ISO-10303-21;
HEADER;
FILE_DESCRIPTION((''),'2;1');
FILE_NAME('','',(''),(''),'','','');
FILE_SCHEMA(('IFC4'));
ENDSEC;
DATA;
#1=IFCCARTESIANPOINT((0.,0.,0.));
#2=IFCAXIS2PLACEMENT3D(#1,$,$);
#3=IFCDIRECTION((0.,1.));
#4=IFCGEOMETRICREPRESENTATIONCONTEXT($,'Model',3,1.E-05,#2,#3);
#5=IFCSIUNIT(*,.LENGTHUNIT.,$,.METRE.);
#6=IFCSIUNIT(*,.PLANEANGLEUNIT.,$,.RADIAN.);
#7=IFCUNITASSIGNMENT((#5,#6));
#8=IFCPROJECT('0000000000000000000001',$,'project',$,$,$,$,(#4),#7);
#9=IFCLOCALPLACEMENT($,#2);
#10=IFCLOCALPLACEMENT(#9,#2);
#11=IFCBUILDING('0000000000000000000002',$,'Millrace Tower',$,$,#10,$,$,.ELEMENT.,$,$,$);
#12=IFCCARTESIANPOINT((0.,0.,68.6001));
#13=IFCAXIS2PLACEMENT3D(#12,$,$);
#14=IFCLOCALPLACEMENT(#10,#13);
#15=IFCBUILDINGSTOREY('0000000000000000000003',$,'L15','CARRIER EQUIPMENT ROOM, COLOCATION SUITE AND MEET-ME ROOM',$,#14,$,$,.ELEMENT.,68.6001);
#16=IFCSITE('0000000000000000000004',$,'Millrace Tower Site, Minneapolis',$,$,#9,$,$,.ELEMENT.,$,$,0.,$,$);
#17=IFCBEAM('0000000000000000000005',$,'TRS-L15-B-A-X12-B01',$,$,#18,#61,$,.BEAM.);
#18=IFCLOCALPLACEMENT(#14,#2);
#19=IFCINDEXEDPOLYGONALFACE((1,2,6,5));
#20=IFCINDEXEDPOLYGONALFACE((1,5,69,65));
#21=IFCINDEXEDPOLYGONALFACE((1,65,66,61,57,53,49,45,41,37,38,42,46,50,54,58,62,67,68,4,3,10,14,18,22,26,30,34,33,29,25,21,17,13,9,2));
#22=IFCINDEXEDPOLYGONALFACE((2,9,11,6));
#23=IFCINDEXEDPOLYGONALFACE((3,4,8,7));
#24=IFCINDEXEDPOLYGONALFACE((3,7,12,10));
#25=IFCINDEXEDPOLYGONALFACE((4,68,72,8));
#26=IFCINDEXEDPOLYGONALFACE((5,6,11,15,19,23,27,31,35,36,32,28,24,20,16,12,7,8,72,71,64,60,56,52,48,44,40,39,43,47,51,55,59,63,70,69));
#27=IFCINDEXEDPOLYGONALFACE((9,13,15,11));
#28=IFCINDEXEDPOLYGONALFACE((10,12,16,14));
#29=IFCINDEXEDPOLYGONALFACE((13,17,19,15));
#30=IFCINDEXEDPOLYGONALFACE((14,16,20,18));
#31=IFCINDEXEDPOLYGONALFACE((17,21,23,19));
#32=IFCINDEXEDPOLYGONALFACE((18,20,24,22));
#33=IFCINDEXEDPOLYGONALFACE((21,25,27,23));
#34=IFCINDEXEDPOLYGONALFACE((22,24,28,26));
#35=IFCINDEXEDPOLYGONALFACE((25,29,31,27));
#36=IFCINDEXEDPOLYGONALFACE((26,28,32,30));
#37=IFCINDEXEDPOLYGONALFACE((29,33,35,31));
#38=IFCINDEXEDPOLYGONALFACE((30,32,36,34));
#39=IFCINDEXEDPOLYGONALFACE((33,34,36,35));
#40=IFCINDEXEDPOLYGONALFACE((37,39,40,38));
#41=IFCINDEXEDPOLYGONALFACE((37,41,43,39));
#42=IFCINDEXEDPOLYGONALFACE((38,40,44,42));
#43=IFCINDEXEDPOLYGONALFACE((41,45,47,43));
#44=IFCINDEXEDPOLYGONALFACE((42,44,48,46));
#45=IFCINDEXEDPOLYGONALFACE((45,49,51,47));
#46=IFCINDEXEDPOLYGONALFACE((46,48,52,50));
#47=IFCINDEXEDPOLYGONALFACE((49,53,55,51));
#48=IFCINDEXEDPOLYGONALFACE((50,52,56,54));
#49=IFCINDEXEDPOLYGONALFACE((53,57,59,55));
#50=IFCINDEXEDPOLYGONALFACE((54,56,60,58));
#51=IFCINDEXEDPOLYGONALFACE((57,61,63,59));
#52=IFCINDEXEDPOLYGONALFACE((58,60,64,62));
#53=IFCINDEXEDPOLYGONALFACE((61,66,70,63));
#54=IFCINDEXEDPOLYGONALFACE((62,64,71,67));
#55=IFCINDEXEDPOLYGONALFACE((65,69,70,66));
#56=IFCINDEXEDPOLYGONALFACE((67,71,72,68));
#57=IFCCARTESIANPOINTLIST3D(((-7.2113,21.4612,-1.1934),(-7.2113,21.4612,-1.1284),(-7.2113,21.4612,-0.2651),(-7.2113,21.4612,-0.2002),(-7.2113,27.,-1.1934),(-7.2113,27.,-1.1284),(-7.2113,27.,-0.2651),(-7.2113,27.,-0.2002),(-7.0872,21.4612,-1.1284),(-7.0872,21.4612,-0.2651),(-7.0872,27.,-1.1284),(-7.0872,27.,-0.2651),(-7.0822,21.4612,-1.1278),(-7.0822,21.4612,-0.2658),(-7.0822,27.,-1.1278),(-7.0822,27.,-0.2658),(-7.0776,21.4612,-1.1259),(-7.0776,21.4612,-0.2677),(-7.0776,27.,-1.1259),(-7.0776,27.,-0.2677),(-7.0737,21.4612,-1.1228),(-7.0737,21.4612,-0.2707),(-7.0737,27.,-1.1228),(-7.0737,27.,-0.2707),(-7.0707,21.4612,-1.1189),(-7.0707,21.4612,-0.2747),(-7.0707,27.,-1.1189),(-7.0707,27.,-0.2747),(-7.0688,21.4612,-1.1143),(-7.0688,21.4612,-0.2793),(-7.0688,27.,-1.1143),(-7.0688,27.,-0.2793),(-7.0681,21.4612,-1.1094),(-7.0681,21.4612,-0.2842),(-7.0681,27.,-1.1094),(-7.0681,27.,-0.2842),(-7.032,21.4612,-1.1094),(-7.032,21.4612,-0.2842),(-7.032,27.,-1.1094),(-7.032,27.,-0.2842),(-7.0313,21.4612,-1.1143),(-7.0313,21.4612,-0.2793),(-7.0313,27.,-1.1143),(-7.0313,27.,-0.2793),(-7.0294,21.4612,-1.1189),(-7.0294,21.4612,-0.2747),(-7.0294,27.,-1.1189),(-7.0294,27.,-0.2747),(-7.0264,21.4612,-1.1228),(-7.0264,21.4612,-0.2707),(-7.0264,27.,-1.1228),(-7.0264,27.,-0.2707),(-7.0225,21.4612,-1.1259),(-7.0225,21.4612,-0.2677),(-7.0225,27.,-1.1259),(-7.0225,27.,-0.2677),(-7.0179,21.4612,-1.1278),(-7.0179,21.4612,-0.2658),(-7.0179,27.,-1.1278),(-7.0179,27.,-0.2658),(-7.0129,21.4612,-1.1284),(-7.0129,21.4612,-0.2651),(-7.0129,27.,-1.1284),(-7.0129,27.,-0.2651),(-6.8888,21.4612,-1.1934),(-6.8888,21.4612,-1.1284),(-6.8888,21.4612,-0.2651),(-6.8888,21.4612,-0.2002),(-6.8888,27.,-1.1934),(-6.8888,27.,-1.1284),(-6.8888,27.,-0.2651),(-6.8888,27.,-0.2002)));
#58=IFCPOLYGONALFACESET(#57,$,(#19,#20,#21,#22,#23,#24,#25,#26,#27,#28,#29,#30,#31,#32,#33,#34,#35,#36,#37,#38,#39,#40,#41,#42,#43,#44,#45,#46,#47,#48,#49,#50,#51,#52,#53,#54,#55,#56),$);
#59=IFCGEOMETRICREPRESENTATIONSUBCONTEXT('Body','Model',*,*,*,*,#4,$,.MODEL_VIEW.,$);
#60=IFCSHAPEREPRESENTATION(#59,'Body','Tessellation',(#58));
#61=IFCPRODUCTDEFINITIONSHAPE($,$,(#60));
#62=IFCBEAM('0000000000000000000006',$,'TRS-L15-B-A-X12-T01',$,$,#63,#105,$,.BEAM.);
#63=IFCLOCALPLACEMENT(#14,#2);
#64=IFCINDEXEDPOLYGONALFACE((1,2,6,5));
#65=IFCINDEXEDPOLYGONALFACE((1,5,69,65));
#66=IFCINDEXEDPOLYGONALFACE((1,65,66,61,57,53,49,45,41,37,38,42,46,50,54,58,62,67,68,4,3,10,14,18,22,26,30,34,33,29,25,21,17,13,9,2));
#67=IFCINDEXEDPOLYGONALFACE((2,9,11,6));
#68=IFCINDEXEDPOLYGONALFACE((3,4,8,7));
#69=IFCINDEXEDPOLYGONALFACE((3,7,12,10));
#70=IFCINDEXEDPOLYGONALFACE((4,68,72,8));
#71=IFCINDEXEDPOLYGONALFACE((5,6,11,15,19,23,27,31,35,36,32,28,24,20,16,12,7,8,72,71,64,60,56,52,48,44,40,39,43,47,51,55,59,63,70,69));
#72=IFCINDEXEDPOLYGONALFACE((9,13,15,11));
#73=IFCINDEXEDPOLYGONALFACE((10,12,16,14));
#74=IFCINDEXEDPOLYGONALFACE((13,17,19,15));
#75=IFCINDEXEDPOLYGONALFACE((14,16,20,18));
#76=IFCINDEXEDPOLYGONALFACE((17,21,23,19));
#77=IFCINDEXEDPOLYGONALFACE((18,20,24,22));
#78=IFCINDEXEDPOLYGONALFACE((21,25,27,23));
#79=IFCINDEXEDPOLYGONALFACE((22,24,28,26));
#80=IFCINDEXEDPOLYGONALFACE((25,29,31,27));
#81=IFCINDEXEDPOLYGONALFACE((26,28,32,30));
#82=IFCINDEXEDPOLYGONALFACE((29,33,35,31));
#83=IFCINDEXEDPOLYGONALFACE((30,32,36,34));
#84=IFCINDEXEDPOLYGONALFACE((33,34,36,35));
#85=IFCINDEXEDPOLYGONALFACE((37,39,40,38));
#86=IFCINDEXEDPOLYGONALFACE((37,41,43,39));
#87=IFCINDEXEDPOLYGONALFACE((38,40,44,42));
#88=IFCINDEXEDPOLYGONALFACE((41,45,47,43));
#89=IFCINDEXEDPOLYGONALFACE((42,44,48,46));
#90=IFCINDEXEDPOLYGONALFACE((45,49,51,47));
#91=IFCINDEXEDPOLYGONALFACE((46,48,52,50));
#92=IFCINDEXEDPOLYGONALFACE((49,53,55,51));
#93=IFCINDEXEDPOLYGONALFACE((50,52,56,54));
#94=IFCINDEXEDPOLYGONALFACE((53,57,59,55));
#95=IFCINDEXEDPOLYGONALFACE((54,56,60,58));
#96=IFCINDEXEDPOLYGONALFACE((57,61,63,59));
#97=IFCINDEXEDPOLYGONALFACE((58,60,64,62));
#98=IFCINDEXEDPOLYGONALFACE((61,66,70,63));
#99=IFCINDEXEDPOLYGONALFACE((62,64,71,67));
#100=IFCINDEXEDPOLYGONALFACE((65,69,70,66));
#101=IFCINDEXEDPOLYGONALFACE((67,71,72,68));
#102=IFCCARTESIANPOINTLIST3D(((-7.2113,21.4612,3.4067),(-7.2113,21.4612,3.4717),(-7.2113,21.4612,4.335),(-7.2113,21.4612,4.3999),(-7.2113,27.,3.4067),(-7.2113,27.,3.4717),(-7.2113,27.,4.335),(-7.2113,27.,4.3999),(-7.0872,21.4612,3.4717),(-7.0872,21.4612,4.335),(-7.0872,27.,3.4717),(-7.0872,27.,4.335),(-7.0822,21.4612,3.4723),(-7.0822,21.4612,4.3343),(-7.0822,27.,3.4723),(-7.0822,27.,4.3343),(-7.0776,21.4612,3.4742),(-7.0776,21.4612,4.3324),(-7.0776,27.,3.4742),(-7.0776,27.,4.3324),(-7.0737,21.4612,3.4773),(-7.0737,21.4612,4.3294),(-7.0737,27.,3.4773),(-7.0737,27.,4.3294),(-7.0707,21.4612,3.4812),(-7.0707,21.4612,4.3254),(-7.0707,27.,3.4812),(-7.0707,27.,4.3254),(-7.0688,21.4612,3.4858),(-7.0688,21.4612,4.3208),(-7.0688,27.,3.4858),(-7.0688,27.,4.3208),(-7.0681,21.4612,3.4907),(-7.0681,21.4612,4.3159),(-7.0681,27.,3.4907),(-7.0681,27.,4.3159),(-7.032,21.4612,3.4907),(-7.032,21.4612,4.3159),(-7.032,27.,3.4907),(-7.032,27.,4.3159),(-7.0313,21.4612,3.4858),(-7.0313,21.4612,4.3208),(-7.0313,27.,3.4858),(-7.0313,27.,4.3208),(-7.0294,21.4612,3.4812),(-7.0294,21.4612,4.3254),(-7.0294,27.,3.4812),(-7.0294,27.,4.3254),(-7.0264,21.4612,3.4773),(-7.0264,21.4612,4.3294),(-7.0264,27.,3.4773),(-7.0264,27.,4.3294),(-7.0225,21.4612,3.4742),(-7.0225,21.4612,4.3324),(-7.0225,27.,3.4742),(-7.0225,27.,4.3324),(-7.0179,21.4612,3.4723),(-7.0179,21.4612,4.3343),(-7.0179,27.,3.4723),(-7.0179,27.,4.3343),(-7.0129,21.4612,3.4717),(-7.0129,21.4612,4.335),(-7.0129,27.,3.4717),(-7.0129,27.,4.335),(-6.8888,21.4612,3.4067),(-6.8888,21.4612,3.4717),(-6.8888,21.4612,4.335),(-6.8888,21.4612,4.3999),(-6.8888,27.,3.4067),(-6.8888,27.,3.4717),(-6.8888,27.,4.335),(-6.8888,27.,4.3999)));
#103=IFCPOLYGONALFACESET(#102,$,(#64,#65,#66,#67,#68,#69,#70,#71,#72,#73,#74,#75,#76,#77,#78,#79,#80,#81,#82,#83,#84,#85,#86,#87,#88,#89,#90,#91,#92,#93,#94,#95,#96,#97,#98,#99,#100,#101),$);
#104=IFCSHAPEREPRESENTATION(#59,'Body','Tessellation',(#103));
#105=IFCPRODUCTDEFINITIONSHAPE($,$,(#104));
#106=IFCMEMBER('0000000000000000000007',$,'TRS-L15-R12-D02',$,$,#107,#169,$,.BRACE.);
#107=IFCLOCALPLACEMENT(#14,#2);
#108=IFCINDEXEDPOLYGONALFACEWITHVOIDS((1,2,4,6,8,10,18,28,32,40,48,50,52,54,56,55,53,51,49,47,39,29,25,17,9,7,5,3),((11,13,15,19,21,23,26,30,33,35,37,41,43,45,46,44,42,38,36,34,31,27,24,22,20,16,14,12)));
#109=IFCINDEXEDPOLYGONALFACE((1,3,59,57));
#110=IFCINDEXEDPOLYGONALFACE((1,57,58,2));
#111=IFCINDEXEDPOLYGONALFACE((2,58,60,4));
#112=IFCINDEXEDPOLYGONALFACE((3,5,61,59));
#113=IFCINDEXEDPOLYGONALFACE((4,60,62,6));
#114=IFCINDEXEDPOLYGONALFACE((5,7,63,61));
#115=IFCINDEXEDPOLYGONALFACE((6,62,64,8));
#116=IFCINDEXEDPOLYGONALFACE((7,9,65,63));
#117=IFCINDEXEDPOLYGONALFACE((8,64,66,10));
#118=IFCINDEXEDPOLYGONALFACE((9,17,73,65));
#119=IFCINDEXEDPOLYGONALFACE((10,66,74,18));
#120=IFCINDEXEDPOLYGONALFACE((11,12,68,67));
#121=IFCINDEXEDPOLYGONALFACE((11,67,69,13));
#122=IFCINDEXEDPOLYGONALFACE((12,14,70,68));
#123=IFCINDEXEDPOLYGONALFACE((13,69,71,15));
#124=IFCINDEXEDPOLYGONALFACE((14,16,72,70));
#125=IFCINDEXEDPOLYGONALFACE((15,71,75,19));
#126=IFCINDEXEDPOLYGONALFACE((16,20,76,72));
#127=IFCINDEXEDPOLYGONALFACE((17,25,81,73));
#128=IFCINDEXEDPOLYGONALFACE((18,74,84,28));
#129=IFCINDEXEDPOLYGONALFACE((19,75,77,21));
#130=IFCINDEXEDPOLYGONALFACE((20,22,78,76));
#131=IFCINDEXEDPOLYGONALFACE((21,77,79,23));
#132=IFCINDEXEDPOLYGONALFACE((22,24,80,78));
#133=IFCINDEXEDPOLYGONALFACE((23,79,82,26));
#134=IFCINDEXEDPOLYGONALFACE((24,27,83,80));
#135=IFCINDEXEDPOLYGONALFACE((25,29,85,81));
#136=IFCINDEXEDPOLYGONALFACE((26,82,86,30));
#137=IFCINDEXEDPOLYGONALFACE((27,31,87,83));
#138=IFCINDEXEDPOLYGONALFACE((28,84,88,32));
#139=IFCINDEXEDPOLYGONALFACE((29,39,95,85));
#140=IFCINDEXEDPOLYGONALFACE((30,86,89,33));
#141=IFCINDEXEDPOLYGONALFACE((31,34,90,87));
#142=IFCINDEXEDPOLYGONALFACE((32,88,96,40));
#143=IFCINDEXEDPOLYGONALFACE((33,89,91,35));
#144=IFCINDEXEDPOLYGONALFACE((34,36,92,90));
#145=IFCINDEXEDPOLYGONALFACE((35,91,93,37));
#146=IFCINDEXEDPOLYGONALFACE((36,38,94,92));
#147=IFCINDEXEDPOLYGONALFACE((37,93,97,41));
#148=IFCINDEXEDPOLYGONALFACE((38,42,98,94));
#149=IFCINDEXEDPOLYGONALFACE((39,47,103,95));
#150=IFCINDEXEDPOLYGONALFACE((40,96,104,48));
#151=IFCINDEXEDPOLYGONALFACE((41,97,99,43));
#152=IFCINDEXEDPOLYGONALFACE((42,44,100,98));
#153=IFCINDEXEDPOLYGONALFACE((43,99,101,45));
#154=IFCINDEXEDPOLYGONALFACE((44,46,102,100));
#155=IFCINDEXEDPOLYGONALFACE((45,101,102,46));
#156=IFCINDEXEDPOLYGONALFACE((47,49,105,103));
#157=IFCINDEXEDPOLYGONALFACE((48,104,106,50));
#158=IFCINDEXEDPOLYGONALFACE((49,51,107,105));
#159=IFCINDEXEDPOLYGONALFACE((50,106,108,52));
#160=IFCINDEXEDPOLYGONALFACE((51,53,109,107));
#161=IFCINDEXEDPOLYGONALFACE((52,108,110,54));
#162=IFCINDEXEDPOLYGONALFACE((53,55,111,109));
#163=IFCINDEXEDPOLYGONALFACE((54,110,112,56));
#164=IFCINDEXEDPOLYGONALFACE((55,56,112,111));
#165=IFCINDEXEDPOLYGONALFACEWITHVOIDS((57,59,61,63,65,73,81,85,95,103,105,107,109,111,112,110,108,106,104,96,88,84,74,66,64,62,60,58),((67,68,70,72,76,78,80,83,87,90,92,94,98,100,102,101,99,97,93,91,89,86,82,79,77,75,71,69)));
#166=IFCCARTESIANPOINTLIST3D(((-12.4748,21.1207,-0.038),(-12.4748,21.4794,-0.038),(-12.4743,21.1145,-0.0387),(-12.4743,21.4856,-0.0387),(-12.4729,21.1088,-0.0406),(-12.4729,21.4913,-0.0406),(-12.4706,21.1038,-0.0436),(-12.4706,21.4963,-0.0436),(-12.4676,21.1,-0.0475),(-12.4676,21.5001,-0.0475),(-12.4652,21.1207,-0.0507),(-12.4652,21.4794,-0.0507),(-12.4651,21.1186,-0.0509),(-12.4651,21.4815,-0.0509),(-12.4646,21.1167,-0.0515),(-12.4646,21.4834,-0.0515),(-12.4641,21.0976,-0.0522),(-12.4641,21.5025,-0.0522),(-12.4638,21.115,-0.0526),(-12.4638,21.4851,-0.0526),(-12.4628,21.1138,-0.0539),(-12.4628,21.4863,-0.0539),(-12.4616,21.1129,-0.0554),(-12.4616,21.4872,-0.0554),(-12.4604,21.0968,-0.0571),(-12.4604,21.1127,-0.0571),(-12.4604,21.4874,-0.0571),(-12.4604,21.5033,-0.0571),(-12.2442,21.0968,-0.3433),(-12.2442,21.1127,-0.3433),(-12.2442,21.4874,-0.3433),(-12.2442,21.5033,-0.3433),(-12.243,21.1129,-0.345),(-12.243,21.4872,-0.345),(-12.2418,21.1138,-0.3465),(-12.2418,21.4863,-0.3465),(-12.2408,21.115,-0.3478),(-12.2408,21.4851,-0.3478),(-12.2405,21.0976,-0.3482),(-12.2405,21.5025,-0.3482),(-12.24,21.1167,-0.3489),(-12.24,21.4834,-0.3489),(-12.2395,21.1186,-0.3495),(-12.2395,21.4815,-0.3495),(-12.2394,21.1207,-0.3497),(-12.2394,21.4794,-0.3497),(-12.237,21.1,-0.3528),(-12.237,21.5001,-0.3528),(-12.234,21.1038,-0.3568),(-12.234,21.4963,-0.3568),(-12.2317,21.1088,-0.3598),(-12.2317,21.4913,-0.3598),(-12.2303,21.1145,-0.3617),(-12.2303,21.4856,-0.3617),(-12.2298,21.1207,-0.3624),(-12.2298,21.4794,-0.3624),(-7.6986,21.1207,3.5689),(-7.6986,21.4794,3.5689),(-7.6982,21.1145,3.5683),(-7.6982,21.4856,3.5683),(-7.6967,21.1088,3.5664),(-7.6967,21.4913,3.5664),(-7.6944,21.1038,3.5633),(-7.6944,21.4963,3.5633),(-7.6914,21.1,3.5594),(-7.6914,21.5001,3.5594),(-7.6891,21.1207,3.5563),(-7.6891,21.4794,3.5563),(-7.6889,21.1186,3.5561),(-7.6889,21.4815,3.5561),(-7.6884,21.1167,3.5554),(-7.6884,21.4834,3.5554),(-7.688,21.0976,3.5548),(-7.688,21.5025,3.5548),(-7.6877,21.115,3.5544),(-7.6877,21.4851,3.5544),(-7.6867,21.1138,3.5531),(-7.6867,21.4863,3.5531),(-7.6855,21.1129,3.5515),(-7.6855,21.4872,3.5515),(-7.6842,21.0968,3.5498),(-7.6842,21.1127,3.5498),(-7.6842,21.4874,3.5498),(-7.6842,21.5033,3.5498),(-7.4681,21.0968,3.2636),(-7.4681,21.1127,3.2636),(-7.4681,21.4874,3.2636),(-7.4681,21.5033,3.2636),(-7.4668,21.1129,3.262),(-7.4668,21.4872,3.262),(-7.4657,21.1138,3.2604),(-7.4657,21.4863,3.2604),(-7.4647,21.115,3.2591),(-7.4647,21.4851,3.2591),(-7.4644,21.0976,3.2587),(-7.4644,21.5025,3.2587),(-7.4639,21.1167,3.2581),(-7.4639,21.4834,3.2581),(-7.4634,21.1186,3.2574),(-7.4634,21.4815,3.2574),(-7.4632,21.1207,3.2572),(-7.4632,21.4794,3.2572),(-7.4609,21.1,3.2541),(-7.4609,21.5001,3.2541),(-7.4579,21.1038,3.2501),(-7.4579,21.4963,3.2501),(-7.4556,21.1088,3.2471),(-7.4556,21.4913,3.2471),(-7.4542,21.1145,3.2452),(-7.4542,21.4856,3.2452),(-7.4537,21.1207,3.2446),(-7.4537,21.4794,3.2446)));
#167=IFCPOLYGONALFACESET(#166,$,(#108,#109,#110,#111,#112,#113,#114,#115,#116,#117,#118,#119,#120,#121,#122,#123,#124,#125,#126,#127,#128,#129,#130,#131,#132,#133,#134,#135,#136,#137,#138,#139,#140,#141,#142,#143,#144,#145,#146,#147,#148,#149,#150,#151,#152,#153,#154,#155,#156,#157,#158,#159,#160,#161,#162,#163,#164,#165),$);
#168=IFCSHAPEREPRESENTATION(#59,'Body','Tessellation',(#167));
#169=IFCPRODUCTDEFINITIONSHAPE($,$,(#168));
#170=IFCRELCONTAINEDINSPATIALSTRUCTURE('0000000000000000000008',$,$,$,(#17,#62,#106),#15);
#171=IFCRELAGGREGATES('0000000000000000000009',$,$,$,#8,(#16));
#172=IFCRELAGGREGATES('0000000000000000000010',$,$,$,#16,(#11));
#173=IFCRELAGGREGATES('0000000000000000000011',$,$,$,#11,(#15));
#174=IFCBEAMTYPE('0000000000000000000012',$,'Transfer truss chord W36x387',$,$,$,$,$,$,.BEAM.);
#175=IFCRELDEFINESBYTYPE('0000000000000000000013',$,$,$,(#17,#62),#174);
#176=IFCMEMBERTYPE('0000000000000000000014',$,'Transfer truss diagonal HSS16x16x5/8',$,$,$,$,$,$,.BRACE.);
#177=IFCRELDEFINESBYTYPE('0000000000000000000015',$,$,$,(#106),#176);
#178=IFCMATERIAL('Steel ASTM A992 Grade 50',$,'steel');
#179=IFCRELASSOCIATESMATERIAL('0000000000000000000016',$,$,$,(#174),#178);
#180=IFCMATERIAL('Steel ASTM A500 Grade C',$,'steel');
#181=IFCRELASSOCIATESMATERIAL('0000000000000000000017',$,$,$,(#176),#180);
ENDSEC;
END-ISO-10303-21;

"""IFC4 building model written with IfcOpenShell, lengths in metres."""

from ifc_helpers import new_model, si_unit, direction, frame, origin, origin_2d, place, context, subcontext, project, spatial, hollow_rectangle, i_section, extrude, material, material_profile, profile_set, type_object, element, save


model = new_model("IFC4")

# Units and contexts
model_context = context("Model", 3, precision=1e-05, world=origin(), true_north=direction((0.0, 1.0)))
body_context = subcontext(model_context, "Body", "Model", "MODEL_VIEW")
ifc_project = project(units=[si_unit("LENGTHUNIT", "METRE"), si_unit("PLANEANGLEUNIT", "RADIAN")], contexts=[model_context])

# Site, building, storey
site_placement = place(None, origin())
site = spatial("IfcSite", under=ifc_project, at=site_placement, Name="Millrace Tower Site, Minneapolis", CompositionType="ELEMENT", RefElevation=0.0)
building_placement = place(site_placement, origin())
building = spatial("IfcBuilding", under=site, at=building_placement, Name="Millrace Tower", CompositionType="ELEMENT")
storey_placement = place(building_placement, frame((0.0, 0.0, 68.6001)))
storey = spatial("IfcBuildingStorey", under=building, at=storey_placement, Name="L15", Description="CARRIER EQUIPMENT ROOM, COLOCATION SUITE AND MEET-ME ROOM", CompositionType="ELEMENT", Elevation=68.6001)

# Beams
ifc_material_1 = material(Name="Steel ASTM A992 Grade 50", Category="steel")
ifc_material_profile_1 = material_profile(ifc_material_1, i_section(OverallWidth=0.3225, OverallDepth=0.9932, WebThickness=0.0361, FlangeThickness=0.0649, FilletRadius=0.019, at=origin_2d()))
ifc_profile_set_1 = profile_set([ifc_material_profile_1], Name="Steel ASTM A992 Grade 50")
beam_type = type_object("IfcBeamType", Name="Transfer truss chord W36x387", PredefinedType="BEAM", material=ifc_profile_set_1)
for number, where, z_axis, x_axis, name in (
    (1, (-7.05, 27.0, -0.6968), (0.0, -1.0, 0.0), (1.0, 0.0, 0.0), "TRS-L15-B-A-X12-B01"),
    (2, (-7.05, 27.0, 3.9033), (0.0, -1.0, 0.0), (1.0, 0.0, 0.0), "TRS-L15-B-A-X12-T01"),
):
    element("IfcBeam", number, at=place(storey_placement, frame(where, z_axis=z_axis, x_axis=x_axis)), inside=storey, type_object=beam_type, Name=name, PredefinedType="BEAM", context=body_context, shape_type="SweptSolid", body=[
        extrude(i_section(OverallWidth=0.3225, OverallDepth=0.9932, WebThickness=0.0361, FlangeThickness=0.0649, FilletRadius=0.019, at=origin_2d()), origin(), (0.0, 0.0, 1.0), 5.5388),
    ])

# Member
ifc_material_2 = material(Name="Steel ASTM A500 Grade C", Category="steel")
ifc_material_profile_2 = material_profile(ifc_material_2, hollow_rectangle(XDim=0.4065, YDim=0.4065, WallThickness=0.0159, InnerFilletRadius=0.0081, OuterFilletRadius=0.0239, at=origin_2d()))
ifc_profile_set_2 = profile_set([ifc_material_profile_2], Name="Steel ASTM A500 Grade C")
member_type_1 = type_object("IfcMemberType", Name="Transfer truss diagonal HSS16x16x5/8", PredefinedType="BRACE", material=ifc_profile_set_2)
member_1_placement = place(storey_placement, frame((-12.3523, 21.3, -0.2002), z_axis=(0.798003, 0.0, 0.602653), x_axis=(0.0, 1.0, 0.0)))
element("IfcMember", 3, at=member_1_placement, inside=storey, type_object=member_type_1, Name="TRS-L15-R12-D02", PredefinedType="BRACE", context=body_context, shape_type="SweptSolid", body=[
    extrude(hollow_rectangle(XDim=0.4065, YDim=0.4065, WallThickness=0.0159, InnerFilletRadius=0.0081, OuterFilletRadius=0.0239, at=origin_2d()), origin(), (0.0, 0.0, 1.0), 5.9851),
])

save(model, "model.ifc")
